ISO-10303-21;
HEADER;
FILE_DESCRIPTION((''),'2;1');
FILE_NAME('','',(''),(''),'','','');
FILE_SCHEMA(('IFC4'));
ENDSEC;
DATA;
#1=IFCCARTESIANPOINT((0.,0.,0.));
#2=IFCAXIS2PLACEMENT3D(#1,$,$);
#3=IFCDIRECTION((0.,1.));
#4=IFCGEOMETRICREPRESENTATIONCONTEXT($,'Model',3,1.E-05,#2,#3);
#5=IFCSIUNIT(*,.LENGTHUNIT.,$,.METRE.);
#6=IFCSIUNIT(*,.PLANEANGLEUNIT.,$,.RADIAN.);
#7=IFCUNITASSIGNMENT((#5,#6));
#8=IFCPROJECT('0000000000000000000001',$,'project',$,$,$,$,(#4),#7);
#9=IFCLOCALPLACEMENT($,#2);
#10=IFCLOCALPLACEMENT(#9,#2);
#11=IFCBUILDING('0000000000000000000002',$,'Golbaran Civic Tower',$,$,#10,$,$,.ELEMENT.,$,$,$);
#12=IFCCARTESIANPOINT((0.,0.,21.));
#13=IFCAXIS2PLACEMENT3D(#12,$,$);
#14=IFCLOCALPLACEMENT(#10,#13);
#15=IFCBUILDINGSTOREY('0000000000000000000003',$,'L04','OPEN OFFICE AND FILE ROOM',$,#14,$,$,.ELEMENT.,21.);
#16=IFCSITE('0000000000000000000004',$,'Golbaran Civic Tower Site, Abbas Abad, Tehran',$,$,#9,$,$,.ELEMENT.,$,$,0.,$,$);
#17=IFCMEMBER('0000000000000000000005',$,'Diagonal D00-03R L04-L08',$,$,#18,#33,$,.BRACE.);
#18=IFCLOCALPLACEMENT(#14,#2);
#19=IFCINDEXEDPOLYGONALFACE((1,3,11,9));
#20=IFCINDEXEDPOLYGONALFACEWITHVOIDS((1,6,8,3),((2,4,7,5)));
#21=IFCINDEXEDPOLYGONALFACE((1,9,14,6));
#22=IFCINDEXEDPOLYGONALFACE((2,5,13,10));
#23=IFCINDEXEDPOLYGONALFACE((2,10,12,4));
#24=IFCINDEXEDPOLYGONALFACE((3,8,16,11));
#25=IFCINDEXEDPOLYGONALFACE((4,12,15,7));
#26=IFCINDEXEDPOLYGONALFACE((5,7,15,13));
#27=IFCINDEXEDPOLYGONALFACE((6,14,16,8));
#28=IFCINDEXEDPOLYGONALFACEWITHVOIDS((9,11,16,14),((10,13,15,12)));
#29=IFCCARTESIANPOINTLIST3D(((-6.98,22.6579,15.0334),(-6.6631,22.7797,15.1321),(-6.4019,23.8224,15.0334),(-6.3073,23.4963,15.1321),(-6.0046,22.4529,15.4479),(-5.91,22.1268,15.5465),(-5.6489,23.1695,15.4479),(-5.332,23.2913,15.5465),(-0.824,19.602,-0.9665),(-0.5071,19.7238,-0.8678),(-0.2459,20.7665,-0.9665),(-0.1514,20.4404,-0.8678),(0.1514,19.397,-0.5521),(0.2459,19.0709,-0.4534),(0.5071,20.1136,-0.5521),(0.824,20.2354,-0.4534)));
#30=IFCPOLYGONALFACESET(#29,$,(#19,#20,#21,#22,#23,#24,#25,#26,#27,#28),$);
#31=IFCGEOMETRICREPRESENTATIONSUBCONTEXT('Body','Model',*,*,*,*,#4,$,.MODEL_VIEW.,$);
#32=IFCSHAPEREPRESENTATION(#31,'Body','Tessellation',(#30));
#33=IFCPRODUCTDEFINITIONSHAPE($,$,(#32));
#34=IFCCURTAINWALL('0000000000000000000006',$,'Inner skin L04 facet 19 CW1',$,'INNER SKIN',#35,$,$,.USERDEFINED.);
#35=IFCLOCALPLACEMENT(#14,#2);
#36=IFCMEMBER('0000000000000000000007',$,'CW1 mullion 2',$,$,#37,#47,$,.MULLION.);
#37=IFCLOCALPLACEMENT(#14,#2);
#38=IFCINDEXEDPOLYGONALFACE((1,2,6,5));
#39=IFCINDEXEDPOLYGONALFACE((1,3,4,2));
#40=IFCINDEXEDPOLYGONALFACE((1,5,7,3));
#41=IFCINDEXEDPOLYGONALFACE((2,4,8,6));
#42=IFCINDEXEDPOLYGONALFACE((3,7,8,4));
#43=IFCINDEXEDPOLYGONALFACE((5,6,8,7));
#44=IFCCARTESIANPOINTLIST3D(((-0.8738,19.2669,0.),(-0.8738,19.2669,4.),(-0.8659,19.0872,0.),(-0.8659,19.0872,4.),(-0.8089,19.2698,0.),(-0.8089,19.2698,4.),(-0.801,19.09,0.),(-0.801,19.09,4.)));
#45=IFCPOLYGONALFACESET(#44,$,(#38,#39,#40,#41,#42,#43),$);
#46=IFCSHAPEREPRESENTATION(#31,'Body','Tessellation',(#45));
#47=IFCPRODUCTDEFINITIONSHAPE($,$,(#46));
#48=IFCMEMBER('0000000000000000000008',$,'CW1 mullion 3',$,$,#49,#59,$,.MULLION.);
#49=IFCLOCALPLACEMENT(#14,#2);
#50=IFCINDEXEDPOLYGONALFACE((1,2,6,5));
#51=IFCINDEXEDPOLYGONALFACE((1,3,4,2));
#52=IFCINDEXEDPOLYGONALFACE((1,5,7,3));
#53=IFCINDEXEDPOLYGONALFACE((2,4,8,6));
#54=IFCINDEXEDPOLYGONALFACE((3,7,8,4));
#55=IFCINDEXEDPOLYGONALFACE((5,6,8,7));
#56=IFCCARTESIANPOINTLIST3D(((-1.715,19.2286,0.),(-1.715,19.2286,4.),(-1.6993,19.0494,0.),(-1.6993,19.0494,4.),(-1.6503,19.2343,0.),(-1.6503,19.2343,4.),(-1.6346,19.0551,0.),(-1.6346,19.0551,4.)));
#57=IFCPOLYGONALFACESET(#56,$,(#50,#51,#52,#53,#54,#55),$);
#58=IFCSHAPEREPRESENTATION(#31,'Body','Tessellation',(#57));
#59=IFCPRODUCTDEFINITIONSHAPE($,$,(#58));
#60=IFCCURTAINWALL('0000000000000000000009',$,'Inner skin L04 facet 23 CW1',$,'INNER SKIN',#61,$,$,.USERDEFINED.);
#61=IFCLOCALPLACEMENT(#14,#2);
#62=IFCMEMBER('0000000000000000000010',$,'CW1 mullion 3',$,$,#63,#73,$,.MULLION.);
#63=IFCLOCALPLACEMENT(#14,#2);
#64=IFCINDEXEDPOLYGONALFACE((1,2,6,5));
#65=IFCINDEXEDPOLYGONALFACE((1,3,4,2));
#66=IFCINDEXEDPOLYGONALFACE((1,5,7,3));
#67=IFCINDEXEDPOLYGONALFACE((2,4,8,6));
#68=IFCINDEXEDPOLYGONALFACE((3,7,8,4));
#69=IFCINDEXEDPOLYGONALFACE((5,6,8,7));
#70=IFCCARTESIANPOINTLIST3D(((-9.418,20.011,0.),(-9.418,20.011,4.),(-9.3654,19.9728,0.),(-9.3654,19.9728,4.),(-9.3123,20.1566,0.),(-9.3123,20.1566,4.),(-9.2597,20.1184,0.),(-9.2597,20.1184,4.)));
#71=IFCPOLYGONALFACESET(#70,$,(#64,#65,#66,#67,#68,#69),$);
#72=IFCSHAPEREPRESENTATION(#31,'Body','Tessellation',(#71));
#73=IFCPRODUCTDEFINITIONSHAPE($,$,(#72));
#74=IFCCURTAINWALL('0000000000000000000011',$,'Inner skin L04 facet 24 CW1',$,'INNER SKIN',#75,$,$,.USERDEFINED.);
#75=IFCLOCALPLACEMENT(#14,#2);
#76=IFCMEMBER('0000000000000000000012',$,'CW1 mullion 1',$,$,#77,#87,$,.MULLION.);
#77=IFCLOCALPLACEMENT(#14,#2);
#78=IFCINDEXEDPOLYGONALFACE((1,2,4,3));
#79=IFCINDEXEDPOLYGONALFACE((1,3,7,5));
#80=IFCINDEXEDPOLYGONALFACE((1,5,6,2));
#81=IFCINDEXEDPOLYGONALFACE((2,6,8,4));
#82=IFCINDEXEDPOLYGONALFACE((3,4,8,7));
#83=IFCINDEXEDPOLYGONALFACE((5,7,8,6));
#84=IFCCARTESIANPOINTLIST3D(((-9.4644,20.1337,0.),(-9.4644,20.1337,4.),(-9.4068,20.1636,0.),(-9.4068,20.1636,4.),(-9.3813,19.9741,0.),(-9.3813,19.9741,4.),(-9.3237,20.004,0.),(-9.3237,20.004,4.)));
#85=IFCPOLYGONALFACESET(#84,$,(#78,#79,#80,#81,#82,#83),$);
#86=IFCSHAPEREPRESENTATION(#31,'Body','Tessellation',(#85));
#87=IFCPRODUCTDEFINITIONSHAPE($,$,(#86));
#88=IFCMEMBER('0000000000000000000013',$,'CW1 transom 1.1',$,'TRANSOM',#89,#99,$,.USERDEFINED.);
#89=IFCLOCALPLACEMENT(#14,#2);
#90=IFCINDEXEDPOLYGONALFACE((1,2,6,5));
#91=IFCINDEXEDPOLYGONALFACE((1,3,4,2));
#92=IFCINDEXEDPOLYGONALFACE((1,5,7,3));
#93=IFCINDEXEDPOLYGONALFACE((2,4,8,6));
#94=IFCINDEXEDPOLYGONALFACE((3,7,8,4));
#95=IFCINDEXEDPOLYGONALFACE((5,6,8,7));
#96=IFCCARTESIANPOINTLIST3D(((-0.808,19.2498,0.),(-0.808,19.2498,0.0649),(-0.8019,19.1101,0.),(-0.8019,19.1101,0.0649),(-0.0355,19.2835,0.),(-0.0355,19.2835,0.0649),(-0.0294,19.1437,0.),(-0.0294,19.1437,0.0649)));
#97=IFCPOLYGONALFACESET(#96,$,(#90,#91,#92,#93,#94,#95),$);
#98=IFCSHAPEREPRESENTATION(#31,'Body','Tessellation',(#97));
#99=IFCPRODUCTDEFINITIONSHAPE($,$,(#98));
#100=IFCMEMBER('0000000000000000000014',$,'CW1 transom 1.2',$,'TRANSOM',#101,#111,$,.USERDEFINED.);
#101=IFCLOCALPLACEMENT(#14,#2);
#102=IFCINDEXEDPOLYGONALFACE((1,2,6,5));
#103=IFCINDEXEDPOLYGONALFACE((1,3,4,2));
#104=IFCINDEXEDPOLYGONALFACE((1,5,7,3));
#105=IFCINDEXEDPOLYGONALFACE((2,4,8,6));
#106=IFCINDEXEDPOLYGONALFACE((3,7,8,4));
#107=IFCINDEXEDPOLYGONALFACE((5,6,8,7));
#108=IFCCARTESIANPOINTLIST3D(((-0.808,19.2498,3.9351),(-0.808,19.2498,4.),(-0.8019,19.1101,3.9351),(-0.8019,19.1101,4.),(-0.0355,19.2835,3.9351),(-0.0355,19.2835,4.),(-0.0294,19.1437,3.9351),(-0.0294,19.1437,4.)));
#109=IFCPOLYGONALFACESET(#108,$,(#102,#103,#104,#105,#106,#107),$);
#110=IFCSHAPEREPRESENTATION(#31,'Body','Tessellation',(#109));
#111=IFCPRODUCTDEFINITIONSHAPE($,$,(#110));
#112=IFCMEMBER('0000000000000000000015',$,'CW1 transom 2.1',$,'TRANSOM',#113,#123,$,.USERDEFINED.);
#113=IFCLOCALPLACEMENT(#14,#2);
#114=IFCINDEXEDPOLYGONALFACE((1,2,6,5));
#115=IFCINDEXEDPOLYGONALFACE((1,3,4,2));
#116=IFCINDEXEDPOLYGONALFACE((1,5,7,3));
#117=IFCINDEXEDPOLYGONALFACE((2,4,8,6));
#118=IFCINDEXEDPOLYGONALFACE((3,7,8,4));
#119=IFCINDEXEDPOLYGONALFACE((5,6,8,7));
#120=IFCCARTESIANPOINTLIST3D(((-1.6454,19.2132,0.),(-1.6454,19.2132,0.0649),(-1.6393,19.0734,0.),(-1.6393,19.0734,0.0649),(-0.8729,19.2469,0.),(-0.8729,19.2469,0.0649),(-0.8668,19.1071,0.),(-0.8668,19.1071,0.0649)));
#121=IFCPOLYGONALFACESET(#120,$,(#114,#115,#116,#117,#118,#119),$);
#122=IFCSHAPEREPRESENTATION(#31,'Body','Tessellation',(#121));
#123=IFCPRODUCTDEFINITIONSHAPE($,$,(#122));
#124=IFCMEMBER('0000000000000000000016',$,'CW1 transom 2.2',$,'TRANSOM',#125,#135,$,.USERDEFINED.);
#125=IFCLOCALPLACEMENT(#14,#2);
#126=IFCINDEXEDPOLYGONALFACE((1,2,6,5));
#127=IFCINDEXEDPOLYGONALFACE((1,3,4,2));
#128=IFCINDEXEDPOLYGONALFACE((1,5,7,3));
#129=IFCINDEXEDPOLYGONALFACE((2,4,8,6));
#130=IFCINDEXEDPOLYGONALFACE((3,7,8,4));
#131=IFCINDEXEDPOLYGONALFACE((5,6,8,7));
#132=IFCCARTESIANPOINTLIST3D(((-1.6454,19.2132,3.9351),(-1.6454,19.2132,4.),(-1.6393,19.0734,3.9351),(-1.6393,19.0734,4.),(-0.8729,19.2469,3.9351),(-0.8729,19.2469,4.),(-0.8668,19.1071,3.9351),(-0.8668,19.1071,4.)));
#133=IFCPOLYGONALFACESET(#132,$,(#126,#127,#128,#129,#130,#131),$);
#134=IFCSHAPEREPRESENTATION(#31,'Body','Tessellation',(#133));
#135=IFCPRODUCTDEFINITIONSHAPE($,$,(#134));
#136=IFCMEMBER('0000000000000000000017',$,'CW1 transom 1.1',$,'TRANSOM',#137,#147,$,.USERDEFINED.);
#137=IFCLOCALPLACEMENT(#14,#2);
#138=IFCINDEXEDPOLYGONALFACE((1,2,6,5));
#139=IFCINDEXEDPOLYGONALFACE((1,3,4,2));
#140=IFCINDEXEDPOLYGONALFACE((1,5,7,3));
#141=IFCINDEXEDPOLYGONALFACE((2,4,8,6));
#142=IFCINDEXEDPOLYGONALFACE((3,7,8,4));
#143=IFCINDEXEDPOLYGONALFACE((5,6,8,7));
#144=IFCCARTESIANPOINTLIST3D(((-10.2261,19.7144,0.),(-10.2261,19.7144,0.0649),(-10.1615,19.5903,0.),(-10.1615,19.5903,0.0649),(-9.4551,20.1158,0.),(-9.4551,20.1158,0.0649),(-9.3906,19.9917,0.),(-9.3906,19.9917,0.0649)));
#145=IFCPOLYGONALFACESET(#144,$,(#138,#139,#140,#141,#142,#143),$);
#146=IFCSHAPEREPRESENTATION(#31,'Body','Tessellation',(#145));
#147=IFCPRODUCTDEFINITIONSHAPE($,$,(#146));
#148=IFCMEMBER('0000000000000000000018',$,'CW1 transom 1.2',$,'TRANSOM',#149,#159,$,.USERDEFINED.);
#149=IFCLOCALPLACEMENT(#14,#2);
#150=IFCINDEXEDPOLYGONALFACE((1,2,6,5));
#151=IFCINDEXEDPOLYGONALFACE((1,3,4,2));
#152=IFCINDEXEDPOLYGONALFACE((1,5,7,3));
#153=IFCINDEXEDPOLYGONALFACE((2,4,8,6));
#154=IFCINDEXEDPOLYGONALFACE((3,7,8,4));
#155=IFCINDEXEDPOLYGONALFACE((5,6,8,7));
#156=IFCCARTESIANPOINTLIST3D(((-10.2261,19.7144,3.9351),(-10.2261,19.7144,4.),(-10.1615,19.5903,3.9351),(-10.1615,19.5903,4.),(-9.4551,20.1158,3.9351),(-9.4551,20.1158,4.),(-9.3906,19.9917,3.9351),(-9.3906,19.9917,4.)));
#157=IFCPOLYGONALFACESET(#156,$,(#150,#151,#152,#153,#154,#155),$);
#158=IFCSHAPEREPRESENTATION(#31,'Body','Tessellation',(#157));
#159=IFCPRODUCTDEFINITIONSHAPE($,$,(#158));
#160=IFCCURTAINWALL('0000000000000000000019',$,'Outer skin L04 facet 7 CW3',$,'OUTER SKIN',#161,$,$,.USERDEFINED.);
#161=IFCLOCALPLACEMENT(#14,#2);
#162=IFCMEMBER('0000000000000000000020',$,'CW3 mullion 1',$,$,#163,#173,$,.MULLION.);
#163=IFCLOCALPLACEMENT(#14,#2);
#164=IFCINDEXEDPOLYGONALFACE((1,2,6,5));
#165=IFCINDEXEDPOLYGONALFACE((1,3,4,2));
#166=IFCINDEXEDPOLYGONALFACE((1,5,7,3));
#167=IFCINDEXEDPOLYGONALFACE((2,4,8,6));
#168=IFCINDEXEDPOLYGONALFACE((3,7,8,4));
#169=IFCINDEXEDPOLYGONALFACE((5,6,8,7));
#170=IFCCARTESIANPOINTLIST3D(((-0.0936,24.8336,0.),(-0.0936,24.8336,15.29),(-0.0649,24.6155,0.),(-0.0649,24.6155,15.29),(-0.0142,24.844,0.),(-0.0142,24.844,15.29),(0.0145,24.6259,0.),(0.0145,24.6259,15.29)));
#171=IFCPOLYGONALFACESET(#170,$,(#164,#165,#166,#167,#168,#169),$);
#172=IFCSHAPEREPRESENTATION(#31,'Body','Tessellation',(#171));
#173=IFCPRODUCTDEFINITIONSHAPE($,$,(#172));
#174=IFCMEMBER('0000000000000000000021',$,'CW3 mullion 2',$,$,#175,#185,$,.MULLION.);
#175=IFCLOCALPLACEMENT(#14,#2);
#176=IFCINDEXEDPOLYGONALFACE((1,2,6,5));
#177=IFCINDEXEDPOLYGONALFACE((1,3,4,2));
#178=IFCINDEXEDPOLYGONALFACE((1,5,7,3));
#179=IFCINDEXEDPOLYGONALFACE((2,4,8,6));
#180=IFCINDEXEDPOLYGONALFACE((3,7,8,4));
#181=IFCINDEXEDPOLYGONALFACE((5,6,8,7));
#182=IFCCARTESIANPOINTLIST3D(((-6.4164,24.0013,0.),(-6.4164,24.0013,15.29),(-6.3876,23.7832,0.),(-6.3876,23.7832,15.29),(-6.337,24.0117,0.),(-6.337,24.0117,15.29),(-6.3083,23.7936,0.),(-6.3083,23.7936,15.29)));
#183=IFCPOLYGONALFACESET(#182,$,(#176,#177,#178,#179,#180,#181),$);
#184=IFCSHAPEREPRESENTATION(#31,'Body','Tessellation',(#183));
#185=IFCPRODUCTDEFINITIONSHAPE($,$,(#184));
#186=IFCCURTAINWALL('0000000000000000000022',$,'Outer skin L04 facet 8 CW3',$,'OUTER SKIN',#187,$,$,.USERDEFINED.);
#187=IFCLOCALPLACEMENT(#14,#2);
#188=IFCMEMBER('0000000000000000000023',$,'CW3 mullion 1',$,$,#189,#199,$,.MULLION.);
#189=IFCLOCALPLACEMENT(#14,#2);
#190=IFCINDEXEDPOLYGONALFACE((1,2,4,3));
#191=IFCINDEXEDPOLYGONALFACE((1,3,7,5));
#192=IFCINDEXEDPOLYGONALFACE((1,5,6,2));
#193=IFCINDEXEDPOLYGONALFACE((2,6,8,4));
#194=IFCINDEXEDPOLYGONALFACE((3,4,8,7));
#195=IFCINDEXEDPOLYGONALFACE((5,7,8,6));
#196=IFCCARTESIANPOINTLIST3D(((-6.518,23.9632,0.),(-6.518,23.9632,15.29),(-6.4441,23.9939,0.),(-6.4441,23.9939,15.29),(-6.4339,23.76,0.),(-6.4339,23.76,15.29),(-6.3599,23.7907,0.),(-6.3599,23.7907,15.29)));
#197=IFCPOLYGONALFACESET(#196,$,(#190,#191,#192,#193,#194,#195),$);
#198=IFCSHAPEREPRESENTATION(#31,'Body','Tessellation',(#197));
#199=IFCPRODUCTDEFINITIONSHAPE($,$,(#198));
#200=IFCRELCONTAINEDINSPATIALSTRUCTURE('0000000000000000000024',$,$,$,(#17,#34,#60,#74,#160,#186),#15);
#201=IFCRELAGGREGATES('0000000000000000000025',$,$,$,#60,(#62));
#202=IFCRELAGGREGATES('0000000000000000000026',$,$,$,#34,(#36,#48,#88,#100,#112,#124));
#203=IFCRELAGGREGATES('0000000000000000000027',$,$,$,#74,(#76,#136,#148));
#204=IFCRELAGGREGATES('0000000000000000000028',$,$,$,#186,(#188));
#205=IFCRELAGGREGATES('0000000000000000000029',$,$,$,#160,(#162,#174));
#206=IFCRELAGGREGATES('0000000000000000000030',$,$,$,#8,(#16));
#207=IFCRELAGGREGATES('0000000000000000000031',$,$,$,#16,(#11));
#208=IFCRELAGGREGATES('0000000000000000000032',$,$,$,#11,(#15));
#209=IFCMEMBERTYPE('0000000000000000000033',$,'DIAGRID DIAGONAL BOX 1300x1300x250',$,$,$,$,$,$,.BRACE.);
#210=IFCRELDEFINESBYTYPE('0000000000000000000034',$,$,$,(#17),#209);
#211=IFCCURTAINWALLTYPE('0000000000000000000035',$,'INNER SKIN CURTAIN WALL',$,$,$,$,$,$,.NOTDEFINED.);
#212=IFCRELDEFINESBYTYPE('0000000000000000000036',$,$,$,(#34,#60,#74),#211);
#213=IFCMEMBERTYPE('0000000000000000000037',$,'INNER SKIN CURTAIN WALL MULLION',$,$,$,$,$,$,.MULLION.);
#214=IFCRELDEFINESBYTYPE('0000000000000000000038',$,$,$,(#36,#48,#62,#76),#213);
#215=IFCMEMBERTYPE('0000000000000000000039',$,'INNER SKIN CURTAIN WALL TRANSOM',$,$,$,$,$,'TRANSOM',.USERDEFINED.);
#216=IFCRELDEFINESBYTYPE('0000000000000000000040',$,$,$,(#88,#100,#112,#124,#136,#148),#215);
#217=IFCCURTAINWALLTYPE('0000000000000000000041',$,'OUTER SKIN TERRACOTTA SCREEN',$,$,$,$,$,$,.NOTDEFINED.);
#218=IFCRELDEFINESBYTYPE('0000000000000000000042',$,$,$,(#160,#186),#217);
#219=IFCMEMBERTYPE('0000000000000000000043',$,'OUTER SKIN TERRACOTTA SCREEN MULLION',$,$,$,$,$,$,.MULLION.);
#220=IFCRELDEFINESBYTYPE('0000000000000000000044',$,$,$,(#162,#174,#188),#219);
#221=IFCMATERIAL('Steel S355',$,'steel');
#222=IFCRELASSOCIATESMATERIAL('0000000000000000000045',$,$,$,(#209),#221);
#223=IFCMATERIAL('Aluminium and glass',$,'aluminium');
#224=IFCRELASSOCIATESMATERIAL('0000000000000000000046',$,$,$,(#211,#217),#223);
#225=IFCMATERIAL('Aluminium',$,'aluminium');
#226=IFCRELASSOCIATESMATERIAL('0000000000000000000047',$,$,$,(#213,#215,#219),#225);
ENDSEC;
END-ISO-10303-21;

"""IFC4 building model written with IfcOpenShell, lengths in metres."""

from ifc_helpers import new_model, si_unit, direction, frame, origin, origin_2d, place, context, subcontext, project, spatial, rectangle, hollow_rectangle, extrude, material, material_profile, profile_set, type_object, element, aggregate, save


model = new_model("IFC4")

# Units and contexts
model_context = context("Model", 3, precision=1e-05, world=origin(), true_north=direction((0.0, 1.0)))
body_context = subcontext(model_context, "Body", "Model", "MODEL_VIEW")
ifc_project = project(units=[si_unit("LENGTHUNIT", "METRE"), si_unit("PLANEANGLEUNIT", "RADIAN")], contexts=[model_context])

# Site, building, storey
site_placement = place(None, origin())
site = spatial("IfcSite", under=ifc_project, at=site_placement, Name="Golbaran Civic Tower Site, Abbas Abad, Tehran", CompositionType="ELEMENT", RefElevation=0.0)
building_placement = place(site_placement, origin())
building = spatial("IfcBuilding", under=site, at=building_placement, Name="Golbaran Civic Tower", CompositionType="ELEMENT")
storey_placement = place(building_placement, frame((0.0, 0.0, 21.0)))
storey = spatial("IfcBuildingStorey", under=building, at=storey_placement, Name="L04", Description="OPEN OFFICE AND FILE ROOM", CompositionType="ELEMENT", Elevation=21.0)

# Member
ifc_material_1 = material(Name="Steel S355", Category="steel")
ifc_material_profile_1 = material_profile(ifc_material_1, hollow_rectangle(XDim=1.3, YDim=1.3, WallThickness=0.25, at=origin_2d()), Name="BOX 1300x1300x250")
ifc_profile_set_1 = profile_set([ifc_material_profile_1], Name="Steel S355")
member_type_1 = type_object("IfcMemberType", Name="DIAGRID DIAGONAL BOX 1300x1300x250", PredefinedType="BRACE", material=ifc_profile_set_1)
member_1_placement = place(storey_placement, frame((0.0, 19.9187, -0.71), z_axis=(-0.353516, 0.175489, 0.91882), x_axis=(-0.44464, -0.895709, 0.0)))
element("IfcMember", 1, at=member_1_placement, inside=storey, type_object=member_type_1, Name="Diagonal D00-03R L04-L08", PredefinedType="BRACE", context=body_context, shape_type="SweptSolid", body=[
    extrude(hollow_rectangle(XDim=1.3, YDim=1.3, WallThickness=0.25, at=origin_2d()), origin(), (0.0, 0.0, 1.0), 17.4136),
])

# Curtain wall, members
ifc_material_2 = material(Name="Aluminium and glass", Category="aluminium")
curtain_wall_type_1 = type_object("IfcCurtainWallType", Name="INNER SKIN CURTAIN WALL", PredefinedType="NOTDEFINED", material=ifc_material_2)
curtain_wall_1_placement = place(storey_placement, origin())
curtain_wall_1 = element("IfcCurtainWall", 2, at=curtain_wall_1_placement, inside=storey, type_object=curtain_wall_type_1, Name="Inner skin L04 facet 19 CW1", ObjectType="INNER SKIN", PredefinedType="USERDEFINED")
ifc_material_3 = material(Name="Aluminium", Category="aluminium")
ifc_material_profile_2 = material_profile(ifc_material_3, rectangle(XDim=0.1799, YDim=0.0649, at=origin_2d()), Name="INNER SKIN CURTAIN WALL MULLION")
ifc_profile_set_2 = profile_set([ifc_material_profile_2], Name="Aluminium")
member_type_2 = type_object("IfcMemberType", Name="INNER SKIN CURTAIN WALL MULLION", PredefinedType="MULLION", material=ifc_profile_set_2)
member_2_placement = place(storey_placement, frame((-0.8374, 19.1785, 0.0), z_axis=(0.0, 0.0, 1.0), x_axis=(0.043619, -0.999048, 0.0)))
member_2 = element("IfcMember", 3, at=member_2_placement, type_object=member_type_2, Name="CW1 mullion 2", PredefinedType="MULLION", context=body_context, shape_type="SweptSolid", body=[
    extrude(rectangle(XDim=0.1799, YDim=0.0649, at=origin_2d()), origin(), (0.0, 0.0, 1.0), 4.0),
])
member_3_placement = place(storey_placement, frame((-1.6748, 19.1418, 0.0), z_axis=(0.0, 0.0, 1.0), x_axis=(0.087156, -0.996195, 0.0)))
member_3 = element("IfcMember", 4, at=member_3_placement, type_object=member_type_2, Name="CW1 mullion 3", PredefinedType="MULLION", context=body_context, shape_type="SweptSolid", body=[
    extrude(rectangle(XDim=0.1799, YDim=0.0649, at=origin_2d()), origin(), (0.0, 0.0, 1.0), 4.0),
])

# Curtain walls, members
curtain_wall_2_placement = place(storey_placement, origin())
curtain_wall_2 = element("IfcCurtainWall", 5, at=curtain_wall_2_placement, inside=storey, type_object=curtain_wall_type_1, Name="Inner skin L04 facet 23 CW1", ObjectType="INNER SKIN", PredefinedType="USERDEFINED")
member_4_placement = place(storey_placement, frame((-9.3389, 20.0647, 0.0), z_axis=(0.0, 0.0, 1.0), x_axis=(-0.587431, -0.809274, 0.0)))
member_4 = element("IfcMember", 6, at=member_4_placement, type_object=member_type_2, Name="CW1 mullion 3", PredefinedType="MULLION", context=body_context, shape_type="SweptSolid", body=[
    extrude(rectangle(XDim=0.1799, YDim=0.0649, at=origin_2d()), origin(), (0.0, 0.0, 1.0), 4.0),
])
curtain_wall_3_placement = place(storey_placement, origin())
curtain_wall_3 = element("IfcCurtainWall", 7, at=curtain_wall_3_placement, inside=storey, type_object=curtain_wall_type_1, Name="Inner skin L04 facet 24 CW1", ObjectType="INNER SKIN", PredefinedType="USERDEFINED")
member_5_placement = place(storey_placement, frame((-9.394, 20.0688, 0.0), z_axis=(0.0, 0.0, 1.0), x_axis=(0.461749, -0.887011, 0.0)))
member_5 = element("IfcMember", 8, at=member_5_placement, type_object=member_type_2, Name="CW1 mullion 1", PredefinedType="MULLION", context=body_context, shape_type="SweptSolid", body=[
    extrude(rectangle(XDim=0.1799, YDim=0.0649, at=origin_2d()), origin(), (0.0, 0.0, 1.0), 4.0),
])

# Members
ifc_material_profile_3 = material_profile(ifc_material_3, rectangle(XDim=0.1399, YDim=0.0649, at=origin_2d()), Name="INNER SKIN CURTAIN WALL TRANSOM")
ifc_profile_set_3 = profile_set([ifc_material_profile_3], Name="Aluminium")
member_type_3 = type_object("IfcMemberType", Name="INNER SKIN CURTAIN WALL TRANSOM", ElementType="TRANSOM", PredefinedType="USERDEFINED", material=ifc_profile_set_3)
member_6_placement = place(storey_placement, frame((-0.0325, 19.2136, 0.0325), z_axis=(-0.99905, -0.043574, 0.0), x_axis=(0.043574, -0.99905, 0.0)))
member_6 = element("IfcMember", 9, at=member_6_placement, type_object=member_type_3, Name="CW1 transom 1.1", ObjectType="TRANSOM", PredefinedType="USERDEFINED", context=body_context, shape_type="SweptSolid", body=[
    extrude(rectangle(XDim=0.1399, YDim=0.0649, at=origin_2d()), origin(), (0.0, 0.0, 1.0), 0.7732),
])
member_7_placement = place(storey_placement, frame((-0.0325, 19.2136, 3.9675), z_axis=(-0.99905, -0.043574, 0.0), x_axis=(0.043574, -0.99905, 0.0)))
member_7 = element("IfcMember", 10, at=member_7_placement, type_object=member_type_3, Name="CW1 transom 1.2", ObjectType="TRANSOM", PredefinedType="USERDEFINED", context=body_context, shape_type="SweptSolid", body=[
    extrude(rectangle(XDim=0.1399, YDim=0.0649, at=origin_2d()), origin(), (0.0, 0.0, 1.0), 0.7732),
])
member_8_placement = place(storey_placement, frame((-0.8699, 19.177, 0.0325), z_axis=(-0.99905, -0.043574, 0.0), x_axis=(0.043574, -0.99905, 0.0)))
member_8 = element("IfcMember", 11, at=member_8_placement, type_object=member_type_3, Name="CW1 transom 2.1", ObjectType="TRANSOM", PredefinedType="USERDEFINED", context=body_context, shape_type="SweptSolid", body=[
    extrude(rectangle(XDim=0.1399, YDim=0.0649, at=origin_2d()), origin(), (0.0, 0.0, 1.0), 0.7732),
])
member_9_placement = place(storey_placement, frame((-0.8699, 19.177, 3.9675), z_axis=(-0.99905, -0.043574, 0.0), x_axis=(0.043574, -0.99905, 0.0)))
member_9 = element("IfcMember", 12, at=member_9_placement, type_object=member_type_3, Name="CW1 transom 2.2", ObjectType="TRANSOM", PredefinedType="USERDEFINED", context=body_context, shape_type="SweptSolid", body=[
    extrude(rectangle(XDim=0.1399, YDim=0.0649, at=origin_2d()), origin(), (0.0, 0.0, 1.0), 0.7732),
])
member_10_placement = place(storey_placement, frame((-9.4229, 20.0537, 0.0325), z_axis=(-0.887005, -0.461759, 0.0), x_axis=(0.461759, -0.887005, 0.0)))
member_10 = element("IfcMember", 13, at=member_10_placement, type_object=member_type_3, Name="CW1 transom 1.1", ObjectType="TRANSOM", PredefinedType="USERDEFINED", context=body_context, shape_type="SweptSolid", body=[
    extrude(rectangle(XDim=0.1399, YDim=0.0649, at=origin_2d()), origin(), (0.0, 0.0, 1.0), 0.8691),
])
member_11_placement = place(storey_placement, frame((-9.4229, 20.0537, 3.9675), z_axis=(-0.887005, -0.461759, 0.0), x_axis=(0.461759, -0.887005, 0.0)))
member_11 = element("IfcMember", 14, at=member_11_placement, type_object=member_type_3, Name="CW1 transom 1.2", ObjectType="TRANSOM", PredefinedType="USERDEFINED", context=body_context, shape_type="SweptSolid", body=[
    extrude(rectangle(XDim=0.1399, YDim=0.0649, at=origin_2d()), origin(), (0.0, 0.0, 1.0), 0.8691),
])

# Curtain wall, members
curtain_wall_type_2 = type_object("IfcCurtainWallType", Name="OUTER SKIN TERRACOTTA SCREEN", PredefinedType="NOTDEFINED", material=ifc_material_2)
curtain_wall_4_placement = place(storey_placement, origin())
curtain_wall_4 = element("IfcCurtainWall", 15, at=curtain_wall_4_placement, inside=storey, type_object=curtain_wall_type_2, Name="Outer skin L04 facet 7 CW3", ObjectType="OUTER SKIN", PredefinedType="USERDEFINED")
ifc_material_profile_4 = material_profile(ifc_material_3, rectangle(XDim=0.22, YDim=0.0801, at=origin_2d()), Name="OUTER SKIN TERRACOTTA SCREEN MULLION")
ifc_profile_set_4 = profile_set([ifc_material_profile_4], Name="Aluminium")
member_type_4 = type_object("IfcMemberType", Name="OUTER SKIN TERRACOTTA SCREEN MULLION", PredefinedType="MULLION", material=ifc_profile_set_4)
member_12_placement = place(storey_placement, frame((-0.0396, 24.7297, 0.0), z_axis=(0.0, 0.0, 1.0), x_axis=(0.130526, -0.991445, 0.0)))
member_12 = element("IfcMember", 16, at=member_12_placement, type_object=member_type_4, Name="CW3 mullion 1", PredefinedType="MULLION", context=body_context, shape_type="SweptSolid", body=[
    extrude(rectangle(XDim=0.22, YDim=0.0801, at=origin_2d()), origin(), (0.0, 0.0, 1.0), 15.29),
])
member_13_placement = place(storey_placement, frame((-6.3623, 23.8975, 0.0), z_axis=(0.0, 0.0, 1.0), x_axis=(0.130526, -0.991445, 0.0)))
member_13 = element("IfcMember", 17, at=member_13_placement, type_object=member_type_4, Name="CW3 mullion 2", PredefinedType="MULLION", context=body_context, shape_type="SweptSolid", body=[
    extrude(rectangle(XDim=0.22, YDim=0.0801, at=origin_2d()), origin(), (0.0, 0.0, 1.0), 15.29),
])

# Curtain wall, member
curtain_wall_5_placement = place(storey_placement, origin())
curtain_wall_5 = element("IfcCurtainWall", 18, at=curtain_wall_5_placement, inside=storey, type_object=curtain_wall_type_2, Name="Outer skin L04 facet 8 CW3", ObjectType="OUTER SKIN", PredefinedType="USERDEFINED")
member_14_placement = place(storey_placement, frame((-6.439, 23.877, 0.0), z_axis=(0.0, 0.0, 1.0), x_axis=(0.382683, -0.92388, 0.0)))
member_14 = element("IfcMember", 19, at=member_14_placement, type_object=member_type_4, Name="CW3 mullion 1", PredefinedType="MULLION", context=body_context, shape_type="SweptSolid", body=[
    extrude(rectangle(XDim=0.22, YDim=0.0801, at=origin_2d()), origin(), (0.0, 0.0, 1.0), 15.29),
])

aggregate(curtain_wall_2, [member_4])
aggregate(curtain_wall_1, [member_2, member_3, member_6, member_7, member_8, member_9])
aggregate(curtain_wall_3, [member_5, member_10, member_11])
aggregate(curtain_wall_5, [member_14])
aggregate(curtain_wall_4, [member_12, member_13])

save(model, "model.ifc")
